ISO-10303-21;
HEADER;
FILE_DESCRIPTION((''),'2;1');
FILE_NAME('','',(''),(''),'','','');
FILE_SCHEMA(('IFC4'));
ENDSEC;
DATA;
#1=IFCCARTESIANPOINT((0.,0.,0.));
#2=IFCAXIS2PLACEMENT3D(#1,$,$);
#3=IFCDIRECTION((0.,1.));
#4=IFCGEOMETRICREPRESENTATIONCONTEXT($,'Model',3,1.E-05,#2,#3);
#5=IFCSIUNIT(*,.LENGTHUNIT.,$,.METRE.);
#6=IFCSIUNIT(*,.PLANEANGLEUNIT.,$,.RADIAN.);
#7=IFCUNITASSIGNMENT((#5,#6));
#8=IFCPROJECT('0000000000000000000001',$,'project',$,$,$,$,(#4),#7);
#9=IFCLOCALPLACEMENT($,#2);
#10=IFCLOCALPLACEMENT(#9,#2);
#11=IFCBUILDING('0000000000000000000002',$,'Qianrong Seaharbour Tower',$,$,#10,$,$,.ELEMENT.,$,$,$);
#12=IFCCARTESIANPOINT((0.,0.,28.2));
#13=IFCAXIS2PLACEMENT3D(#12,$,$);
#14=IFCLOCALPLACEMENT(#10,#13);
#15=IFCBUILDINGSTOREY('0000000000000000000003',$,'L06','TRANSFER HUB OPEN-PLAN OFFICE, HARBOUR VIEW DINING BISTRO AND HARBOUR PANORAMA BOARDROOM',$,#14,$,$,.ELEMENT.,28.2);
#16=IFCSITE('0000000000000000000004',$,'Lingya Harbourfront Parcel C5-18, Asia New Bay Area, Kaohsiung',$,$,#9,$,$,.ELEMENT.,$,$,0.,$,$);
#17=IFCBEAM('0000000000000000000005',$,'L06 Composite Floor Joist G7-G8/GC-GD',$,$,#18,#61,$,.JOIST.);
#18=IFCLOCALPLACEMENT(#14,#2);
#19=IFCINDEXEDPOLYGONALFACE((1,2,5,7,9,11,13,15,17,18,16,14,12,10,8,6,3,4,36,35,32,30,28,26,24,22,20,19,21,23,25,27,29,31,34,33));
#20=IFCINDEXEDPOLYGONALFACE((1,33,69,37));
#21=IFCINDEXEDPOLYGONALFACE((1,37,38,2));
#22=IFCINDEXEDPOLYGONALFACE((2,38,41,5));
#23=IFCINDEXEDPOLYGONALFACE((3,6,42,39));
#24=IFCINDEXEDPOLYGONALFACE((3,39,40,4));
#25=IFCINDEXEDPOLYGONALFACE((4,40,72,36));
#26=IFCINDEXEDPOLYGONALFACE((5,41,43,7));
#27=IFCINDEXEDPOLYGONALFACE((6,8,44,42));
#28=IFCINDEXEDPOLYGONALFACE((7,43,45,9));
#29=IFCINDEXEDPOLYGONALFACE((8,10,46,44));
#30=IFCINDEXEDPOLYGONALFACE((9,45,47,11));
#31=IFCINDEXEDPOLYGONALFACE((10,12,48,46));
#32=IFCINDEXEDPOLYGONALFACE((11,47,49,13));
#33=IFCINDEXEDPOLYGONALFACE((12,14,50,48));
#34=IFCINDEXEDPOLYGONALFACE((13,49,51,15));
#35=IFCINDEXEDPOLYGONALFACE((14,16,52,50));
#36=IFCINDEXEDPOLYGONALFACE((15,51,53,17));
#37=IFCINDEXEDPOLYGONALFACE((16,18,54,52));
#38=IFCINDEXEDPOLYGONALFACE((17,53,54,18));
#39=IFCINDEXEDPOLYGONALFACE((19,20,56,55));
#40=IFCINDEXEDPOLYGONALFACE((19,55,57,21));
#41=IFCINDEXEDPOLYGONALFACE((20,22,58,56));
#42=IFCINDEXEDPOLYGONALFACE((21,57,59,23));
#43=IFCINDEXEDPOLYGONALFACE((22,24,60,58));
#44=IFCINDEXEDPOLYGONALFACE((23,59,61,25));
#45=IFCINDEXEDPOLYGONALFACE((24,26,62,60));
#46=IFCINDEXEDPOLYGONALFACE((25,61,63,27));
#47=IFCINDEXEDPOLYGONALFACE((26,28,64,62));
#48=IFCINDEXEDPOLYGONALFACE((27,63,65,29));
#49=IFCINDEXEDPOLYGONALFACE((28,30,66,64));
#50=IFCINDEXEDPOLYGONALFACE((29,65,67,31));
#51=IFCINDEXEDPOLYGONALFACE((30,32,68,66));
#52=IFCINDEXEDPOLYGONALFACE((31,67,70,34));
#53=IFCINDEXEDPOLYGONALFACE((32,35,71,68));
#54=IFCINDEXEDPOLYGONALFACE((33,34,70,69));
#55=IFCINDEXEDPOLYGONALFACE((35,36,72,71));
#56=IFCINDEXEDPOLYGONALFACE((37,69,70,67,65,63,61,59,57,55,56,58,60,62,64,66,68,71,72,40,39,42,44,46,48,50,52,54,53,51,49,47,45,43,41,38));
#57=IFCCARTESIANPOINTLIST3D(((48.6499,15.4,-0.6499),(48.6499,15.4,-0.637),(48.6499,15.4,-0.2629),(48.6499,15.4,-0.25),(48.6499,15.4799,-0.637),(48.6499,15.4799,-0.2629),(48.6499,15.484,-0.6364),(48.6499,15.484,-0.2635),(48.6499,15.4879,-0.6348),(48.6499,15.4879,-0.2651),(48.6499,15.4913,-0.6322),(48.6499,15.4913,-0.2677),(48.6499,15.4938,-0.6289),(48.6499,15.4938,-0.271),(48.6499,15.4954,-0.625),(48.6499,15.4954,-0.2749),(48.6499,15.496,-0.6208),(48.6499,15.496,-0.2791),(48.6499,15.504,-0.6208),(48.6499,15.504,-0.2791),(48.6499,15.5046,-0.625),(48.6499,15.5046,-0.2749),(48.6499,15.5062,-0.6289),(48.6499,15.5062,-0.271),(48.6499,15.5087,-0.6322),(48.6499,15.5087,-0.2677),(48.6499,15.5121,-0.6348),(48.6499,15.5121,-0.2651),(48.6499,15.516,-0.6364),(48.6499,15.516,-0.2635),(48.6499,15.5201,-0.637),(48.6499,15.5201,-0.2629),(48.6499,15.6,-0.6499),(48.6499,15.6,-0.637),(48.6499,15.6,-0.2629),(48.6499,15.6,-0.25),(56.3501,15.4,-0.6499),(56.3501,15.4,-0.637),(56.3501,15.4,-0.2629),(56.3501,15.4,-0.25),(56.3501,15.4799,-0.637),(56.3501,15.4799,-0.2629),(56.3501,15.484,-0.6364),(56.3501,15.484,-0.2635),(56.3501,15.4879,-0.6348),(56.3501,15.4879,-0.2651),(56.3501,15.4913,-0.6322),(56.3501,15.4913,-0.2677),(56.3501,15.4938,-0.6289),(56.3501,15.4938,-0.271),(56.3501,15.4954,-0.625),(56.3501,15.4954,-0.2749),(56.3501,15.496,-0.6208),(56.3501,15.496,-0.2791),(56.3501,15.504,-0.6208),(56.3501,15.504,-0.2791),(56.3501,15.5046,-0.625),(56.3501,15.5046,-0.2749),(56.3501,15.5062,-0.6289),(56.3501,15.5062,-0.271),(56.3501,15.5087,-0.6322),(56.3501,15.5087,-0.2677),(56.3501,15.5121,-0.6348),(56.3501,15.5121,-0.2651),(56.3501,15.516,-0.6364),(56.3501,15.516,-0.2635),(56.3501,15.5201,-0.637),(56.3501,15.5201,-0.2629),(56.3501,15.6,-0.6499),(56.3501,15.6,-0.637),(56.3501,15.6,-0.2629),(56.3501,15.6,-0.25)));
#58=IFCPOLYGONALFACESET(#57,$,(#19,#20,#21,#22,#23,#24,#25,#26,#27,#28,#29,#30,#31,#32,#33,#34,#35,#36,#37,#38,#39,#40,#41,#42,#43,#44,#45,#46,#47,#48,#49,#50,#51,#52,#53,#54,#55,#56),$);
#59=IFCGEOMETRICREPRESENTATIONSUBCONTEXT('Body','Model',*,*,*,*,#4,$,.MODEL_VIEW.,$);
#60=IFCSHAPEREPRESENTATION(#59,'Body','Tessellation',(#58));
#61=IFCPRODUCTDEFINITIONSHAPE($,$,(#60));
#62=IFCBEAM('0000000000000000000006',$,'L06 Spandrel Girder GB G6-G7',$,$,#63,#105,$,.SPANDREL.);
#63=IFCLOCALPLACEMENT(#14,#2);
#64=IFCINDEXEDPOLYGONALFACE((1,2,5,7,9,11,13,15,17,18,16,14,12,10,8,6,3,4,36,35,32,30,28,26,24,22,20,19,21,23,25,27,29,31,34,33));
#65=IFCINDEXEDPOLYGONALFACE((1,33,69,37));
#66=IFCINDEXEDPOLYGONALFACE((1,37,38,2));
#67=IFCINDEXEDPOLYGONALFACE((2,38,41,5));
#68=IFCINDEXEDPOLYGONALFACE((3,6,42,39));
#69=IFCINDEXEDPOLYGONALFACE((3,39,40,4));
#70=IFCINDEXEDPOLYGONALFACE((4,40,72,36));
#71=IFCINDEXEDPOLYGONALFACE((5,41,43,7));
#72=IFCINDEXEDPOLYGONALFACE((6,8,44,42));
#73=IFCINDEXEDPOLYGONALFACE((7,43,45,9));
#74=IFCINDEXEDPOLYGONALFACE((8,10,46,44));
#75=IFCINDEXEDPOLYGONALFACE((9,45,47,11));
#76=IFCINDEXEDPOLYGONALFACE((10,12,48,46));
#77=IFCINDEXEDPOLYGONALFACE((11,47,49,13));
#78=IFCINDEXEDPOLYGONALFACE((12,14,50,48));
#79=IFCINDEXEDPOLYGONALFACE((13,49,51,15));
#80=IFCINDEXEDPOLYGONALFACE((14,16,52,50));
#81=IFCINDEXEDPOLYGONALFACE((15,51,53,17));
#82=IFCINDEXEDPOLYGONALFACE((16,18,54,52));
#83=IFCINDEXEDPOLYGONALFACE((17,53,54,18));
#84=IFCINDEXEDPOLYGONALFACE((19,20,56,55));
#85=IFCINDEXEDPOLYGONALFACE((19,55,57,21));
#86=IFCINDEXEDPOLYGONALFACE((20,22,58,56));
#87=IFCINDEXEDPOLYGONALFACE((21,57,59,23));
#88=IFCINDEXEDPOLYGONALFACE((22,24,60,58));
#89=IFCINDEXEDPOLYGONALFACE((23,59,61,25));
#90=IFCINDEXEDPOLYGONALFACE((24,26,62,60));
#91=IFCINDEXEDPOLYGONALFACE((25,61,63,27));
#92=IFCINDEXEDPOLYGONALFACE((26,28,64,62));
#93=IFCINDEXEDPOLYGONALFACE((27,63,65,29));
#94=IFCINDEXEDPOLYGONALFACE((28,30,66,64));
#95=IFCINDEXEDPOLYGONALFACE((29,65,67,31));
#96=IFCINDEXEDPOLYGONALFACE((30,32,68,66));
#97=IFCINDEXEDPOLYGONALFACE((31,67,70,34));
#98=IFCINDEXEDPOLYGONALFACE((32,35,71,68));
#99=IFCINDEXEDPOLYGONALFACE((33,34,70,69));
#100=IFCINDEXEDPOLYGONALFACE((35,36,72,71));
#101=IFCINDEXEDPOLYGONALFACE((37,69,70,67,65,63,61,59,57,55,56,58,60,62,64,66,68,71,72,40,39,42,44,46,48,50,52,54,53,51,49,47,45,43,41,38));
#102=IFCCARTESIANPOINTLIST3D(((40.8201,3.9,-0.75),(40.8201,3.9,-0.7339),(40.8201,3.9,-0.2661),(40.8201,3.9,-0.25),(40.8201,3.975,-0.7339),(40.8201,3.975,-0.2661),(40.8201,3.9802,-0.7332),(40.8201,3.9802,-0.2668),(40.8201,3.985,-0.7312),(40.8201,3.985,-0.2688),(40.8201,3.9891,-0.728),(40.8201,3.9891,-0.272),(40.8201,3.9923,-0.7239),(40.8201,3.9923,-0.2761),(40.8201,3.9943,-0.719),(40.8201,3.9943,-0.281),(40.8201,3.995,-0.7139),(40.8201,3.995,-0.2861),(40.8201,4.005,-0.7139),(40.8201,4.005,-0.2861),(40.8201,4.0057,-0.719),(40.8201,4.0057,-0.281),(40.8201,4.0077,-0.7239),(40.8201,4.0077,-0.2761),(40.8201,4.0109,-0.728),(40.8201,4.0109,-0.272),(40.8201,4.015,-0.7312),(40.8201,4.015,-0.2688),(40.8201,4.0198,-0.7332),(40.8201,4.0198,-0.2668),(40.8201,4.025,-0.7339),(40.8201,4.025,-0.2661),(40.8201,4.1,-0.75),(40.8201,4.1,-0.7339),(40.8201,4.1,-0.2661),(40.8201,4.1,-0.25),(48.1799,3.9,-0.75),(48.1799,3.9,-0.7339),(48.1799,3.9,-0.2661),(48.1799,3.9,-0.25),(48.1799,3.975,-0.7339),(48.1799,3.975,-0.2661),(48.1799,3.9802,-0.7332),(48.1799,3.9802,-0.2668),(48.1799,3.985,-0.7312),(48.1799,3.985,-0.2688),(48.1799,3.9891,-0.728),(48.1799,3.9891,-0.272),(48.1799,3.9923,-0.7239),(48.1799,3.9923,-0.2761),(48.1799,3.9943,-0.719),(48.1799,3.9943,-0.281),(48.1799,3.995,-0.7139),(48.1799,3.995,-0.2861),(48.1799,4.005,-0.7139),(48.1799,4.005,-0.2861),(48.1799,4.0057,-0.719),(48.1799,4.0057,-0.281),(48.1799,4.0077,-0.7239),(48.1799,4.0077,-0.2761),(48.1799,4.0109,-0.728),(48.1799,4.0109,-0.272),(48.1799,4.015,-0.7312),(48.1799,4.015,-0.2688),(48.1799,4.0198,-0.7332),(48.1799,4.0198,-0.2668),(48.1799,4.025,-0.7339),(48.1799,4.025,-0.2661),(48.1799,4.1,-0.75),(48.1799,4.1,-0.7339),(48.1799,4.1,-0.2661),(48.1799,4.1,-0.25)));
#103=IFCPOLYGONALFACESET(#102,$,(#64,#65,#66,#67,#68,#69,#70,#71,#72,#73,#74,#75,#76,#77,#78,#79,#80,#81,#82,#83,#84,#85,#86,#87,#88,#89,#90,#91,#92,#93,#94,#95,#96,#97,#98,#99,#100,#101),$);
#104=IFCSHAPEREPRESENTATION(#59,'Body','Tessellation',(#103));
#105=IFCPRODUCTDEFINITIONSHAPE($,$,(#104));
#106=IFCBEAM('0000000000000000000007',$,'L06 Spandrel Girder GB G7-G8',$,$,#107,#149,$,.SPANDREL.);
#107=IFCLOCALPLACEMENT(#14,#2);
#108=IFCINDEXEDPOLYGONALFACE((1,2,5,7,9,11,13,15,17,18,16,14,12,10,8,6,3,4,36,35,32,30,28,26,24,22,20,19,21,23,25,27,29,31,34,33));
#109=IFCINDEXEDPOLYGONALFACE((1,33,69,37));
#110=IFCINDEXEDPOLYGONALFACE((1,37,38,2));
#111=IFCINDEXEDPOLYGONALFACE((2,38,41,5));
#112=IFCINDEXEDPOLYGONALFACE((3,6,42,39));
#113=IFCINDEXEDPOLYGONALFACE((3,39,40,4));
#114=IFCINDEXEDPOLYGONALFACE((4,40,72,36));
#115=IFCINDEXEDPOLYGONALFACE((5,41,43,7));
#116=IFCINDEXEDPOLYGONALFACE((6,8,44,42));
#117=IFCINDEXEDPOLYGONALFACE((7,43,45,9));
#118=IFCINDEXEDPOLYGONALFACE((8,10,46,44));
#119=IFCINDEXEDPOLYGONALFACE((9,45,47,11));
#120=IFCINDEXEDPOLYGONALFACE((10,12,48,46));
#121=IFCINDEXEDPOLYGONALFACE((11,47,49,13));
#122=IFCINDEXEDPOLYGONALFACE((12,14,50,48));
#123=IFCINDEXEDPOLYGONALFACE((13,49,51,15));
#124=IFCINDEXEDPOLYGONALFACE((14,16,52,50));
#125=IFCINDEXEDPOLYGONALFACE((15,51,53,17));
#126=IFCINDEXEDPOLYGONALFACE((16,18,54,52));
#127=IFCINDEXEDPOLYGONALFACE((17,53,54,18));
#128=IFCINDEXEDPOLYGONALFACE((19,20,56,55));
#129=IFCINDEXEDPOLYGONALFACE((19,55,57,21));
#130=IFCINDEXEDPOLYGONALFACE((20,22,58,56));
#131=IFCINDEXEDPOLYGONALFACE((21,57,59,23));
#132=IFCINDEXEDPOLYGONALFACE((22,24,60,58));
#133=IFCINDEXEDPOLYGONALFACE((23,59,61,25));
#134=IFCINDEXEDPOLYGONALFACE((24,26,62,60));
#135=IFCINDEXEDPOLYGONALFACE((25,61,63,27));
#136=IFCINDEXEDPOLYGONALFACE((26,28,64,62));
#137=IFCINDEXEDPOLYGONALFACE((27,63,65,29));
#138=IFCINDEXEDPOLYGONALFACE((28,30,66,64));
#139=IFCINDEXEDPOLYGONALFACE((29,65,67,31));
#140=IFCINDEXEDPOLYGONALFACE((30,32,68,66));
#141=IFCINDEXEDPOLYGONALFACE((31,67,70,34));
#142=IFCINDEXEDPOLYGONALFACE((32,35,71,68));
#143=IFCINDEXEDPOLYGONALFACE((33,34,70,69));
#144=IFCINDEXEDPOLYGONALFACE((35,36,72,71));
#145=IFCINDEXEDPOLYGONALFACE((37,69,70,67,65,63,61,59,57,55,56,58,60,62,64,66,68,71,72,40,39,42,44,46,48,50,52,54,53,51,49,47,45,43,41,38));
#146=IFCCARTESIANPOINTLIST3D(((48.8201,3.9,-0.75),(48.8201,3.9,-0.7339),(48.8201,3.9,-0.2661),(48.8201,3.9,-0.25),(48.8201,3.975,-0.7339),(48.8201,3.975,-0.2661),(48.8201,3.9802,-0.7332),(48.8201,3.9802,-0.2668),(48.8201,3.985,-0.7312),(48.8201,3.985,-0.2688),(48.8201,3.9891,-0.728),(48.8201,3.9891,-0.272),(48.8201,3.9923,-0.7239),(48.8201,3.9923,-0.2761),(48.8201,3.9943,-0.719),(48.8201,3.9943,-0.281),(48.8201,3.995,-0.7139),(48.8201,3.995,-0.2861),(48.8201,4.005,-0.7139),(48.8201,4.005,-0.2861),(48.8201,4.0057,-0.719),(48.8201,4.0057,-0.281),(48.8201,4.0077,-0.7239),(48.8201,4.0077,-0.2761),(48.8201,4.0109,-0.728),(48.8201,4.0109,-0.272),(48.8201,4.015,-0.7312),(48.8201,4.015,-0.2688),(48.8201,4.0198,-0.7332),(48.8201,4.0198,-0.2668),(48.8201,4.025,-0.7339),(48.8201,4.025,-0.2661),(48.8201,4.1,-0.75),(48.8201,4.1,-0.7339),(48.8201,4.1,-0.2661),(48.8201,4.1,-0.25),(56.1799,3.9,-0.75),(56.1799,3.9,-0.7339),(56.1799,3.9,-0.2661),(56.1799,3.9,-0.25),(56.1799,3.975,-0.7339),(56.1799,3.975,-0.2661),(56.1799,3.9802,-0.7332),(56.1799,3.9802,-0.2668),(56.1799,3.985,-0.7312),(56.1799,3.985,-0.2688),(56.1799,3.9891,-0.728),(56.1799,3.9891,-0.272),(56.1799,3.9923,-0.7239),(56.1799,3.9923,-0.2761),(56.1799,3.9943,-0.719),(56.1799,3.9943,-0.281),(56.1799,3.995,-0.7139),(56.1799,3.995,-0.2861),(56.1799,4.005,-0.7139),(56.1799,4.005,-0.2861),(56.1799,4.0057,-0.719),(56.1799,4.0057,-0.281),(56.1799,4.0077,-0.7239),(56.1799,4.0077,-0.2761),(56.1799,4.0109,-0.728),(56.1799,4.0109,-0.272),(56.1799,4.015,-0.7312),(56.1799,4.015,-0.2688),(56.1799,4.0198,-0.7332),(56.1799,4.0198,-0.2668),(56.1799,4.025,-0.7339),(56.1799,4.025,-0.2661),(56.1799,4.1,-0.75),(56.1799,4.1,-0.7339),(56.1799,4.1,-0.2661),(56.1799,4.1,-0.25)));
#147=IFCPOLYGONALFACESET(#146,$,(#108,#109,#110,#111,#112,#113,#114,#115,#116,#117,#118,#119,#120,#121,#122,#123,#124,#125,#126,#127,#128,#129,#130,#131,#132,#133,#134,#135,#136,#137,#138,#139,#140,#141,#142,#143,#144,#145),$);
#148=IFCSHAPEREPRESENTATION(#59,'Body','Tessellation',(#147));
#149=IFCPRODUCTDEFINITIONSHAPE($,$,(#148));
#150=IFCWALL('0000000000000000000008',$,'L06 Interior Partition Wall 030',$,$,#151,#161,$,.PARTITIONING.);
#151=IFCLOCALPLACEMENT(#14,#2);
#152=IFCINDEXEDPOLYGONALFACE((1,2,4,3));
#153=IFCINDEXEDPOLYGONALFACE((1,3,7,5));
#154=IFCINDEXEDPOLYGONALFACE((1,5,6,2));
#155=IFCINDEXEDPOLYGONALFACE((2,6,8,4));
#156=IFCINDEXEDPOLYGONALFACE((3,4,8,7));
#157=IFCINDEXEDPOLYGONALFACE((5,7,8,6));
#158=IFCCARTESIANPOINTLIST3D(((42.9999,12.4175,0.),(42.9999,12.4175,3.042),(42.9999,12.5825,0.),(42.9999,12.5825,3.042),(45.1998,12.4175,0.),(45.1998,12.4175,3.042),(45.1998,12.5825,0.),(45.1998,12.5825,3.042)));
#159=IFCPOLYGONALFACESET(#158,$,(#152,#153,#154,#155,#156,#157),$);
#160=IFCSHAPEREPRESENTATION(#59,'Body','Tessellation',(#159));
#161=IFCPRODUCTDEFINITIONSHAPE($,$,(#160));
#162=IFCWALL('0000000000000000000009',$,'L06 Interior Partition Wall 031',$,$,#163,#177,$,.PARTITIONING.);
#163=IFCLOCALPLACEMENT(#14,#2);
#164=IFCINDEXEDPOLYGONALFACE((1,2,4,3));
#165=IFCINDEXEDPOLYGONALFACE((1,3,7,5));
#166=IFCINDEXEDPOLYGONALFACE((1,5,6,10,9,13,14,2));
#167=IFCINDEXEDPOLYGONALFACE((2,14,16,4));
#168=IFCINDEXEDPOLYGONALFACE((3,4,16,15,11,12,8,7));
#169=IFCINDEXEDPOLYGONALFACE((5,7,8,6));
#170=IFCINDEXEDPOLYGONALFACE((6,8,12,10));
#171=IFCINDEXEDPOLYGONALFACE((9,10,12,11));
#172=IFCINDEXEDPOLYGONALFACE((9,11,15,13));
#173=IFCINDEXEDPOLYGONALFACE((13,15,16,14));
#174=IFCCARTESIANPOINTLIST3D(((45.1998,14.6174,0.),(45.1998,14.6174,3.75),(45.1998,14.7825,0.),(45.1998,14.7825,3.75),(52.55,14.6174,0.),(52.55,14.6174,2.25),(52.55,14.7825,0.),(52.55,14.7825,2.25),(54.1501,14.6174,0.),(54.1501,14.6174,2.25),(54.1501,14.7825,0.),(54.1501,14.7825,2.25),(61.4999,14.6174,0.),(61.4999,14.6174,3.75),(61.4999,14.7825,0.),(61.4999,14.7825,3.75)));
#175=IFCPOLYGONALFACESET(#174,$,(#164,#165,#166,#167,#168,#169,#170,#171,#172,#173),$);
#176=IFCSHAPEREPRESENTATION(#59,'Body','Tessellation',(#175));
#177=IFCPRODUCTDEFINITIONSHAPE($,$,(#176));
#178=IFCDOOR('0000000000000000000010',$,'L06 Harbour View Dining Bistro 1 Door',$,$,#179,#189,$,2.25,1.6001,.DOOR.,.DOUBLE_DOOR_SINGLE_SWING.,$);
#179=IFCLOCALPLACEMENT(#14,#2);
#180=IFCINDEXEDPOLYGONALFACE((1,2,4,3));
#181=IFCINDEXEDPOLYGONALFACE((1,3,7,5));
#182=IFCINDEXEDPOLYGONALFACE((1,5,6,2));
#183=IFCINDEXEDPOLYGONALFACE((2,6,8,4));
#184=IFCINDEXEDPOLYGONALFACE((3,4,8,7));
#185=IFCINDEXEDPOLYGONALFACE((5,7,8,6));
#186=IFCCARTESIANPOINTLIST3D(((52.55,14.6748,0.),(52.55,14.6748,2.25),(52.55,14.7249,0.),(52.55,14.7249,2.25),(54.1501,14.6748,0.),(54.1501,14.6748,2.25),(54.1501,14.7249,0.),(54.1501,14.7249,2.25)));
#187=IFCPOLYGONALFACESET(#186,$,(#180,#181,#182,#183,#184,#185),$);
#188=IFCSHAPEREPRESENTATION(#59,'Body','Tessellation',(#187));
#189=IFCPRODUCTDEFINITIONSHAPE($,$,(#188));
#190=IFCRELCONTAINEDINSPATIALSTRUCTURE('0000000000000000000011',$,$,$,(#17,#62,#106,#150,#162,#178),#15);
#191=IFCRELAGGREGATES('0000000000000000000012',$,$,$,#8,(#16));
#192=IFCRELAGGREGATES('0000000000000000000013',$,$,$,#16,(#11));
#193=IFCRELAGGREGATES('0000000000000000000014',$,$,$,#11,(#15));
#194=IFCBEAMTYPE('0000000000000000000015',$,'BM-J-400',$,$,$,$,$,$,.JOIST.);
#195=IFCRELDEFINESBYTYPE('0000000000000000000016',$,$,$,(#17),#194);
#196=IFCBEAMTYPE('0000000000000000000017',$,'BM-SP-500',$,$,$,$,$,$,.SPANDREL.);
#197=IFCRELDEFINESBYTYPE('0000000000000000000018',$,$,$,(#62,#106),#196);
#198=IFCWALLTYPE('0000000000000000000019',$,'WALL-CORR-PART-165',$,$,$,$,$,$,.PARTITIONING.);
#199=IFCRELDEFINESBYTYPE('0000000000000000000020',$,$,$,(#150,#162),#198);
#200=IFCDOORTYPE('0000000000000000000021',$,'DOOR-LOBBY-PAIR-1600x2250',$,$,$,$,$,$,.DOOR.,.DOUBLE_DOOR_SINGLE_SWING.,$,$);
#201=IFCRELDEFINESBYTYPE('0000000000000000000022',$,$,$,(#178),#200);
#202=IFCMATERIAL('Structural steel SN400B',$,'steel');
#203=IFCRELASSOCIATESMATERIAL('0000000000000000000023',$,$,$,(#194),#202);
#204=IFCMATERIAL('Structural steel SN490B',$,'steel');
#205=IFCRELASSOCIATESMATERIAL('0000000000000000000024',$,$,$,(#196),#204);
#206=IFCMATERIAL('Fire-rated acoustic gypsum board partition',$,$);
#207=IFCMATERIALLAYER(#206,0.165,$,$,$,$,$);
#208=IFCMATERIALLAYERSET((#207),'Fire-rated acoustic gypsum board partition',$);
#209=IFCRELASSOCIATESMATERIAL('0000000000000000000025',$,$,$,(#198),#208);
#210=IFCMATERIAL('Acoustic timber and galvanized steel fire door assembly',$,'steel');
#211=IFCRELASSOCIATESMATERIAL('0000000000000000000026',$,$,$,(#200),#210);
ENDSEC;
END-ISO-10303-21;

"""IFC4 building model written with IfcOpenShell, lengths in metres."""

from ifc_helpers import new_model, si_unit, direction, frame, frame_2d, origin, origin_2d, place, context, subcontext, project, spatial, rectangle, i_section, extrude, material, layer, layer_set, material_profile, profile_set, type_object, element, fill, save


model = new_model("IFC4")

# Units and contexts
model_context = context("Model", 3, precision=1e-05, world=origin(), true_north=direction((0.0, 1.0)))
body_context = subcontext(model_context, "Body", "Model", "MODEL_VIEW")
ifc_project = project(units=[si_unit("LENGTHUNIT", "METRE"), si_unit("PLANEANGLEUNIT", "RADIAN")], contexts=[model_context])

# Site, building, storey
site_placement = place(None, origin())
site = spatial("IfcSite", under=ifc_project, at=site_placement, Name="Lingya Harbourfront Parcel C5-18, Asia New Bay Area, Kaohsiung", CompositionType="ELEMENT", RefElevation=0.0)
building_placement = place(site_placement, origin())
building = spatial("IfcBuilding", under=site, at=building_placement, Name="Qianrong Seaharbour Tower", CompositionType="ELEMENT")
storey_placement = place(building_placement, frame((0.0, 0.0, 28.2)))
storey = spatial("IfcBuildingStorey", under=building, at=storey_placement, Name="L06", Description="TRANSFER HUB OPEN-PLAN OFFICE, HARBOUR VIEW DINING BISTRO AND HARBOUR PANORAMA BOARDROOM", CompositionType="ELEMENT", Elevation=28.2)

# Shared definitions
ifc_material_1 = material(Name="Structural steel SN490B", Category="steel")

# Beams
ifc_material_2 = material(Name="Structural steel SN400B", Category="steel")
ifc_material_profile_1 = material_profile(ifc_material_2, i_section(OverallWidth=0.2, OverallDepth=0.3999, WebThickness=0.0081, FlangeThickness=0.0129, FilletRadius=0.0161, at=origin_2d()), Name="H400x200x8x13")
ifc_profile_set_1 = profile_set([ifc_material_profile_1], Name="Structural steel SN400B")
beam_type_1 = type_object("IfcBeamType", Name="BM-J-400", PredefinedType="JOIST", material=ifc_profile_set_1)
for number, where, z_axis, x_axis, name in (
    (1, (48.6499, 15.5, -0.45), (1.0, 0.0, 0.0), (0.0, 1.0, 0.0), "L06 Composite Floor Joist G7-G8/GC-GD"),
):
    element("IfcBeam", number, at=place(storey_placement, frame(where, z_axis=z_axis, x_axis=x_axis)), inside=storey, type_object=beam_type_1, Name=name, PredefinedType="JOIST", context=body_context, shape_type="SweptSolid", body=[
        extrude(i_section(OverallWidth=0.2, OverallDepth=0.3999, WebThickness=0.0081, FlangeThickness=0.0129, FilletRadius=0.0161, at=origin_2d()), origin(), (0.0, 0.0, 1.0), 7.7002),
    ])
ifc_material_profile_2 = material_profile(ifc_material_1, i_section(OverallWidth=0.2, OverallDepth=0.5, WebThickness=0.01, FlangeThickness=0.0161, FilletRadius=0.02, at=origin_2d()), Name="H500x200x10x16")
ifc_profile_set_2 = profile_set([ifc_material_profile_2], Name="Structural steel SN490B")
beam_type_2 = type_object("IfcBeamType", Name="BM-SP-500", PredefinedType="SPANDREL", material=ifc_profile_set_2)
for number, where, z_axis, x_axis, name in (
    (2, (40.8201, 4.0, -0.5), (1.0, 0.0, 0.0), (0.0, 1.0, 0.0), "L06 Spandrel Girder GB G6-G7"),
    (3, (48.8201, 4.0, -0.5), (1.0, 0.0, 0.0), (0.0, 1.0, 0.0), "L06 Spandrel Girder GB G7-G8"),
):
    element("IfcBeam", number, at=place(storey_placement, frame(where, z_axis=z_axis, x_axis=x_axis)), inside=storey, type_object=beam_type_2, Name=name, PredefinedType="SPANDREL", context=body_context, shape_type="SweptSolid", body=[
        extrude(i_section(OverallWidth=0.2, OverallDepth=0.5, WebThickness=0.01, FlangeThickness=0.0161, FilletRadius=0.02, at=origin_2d()), origin(), (0.0, 0.0, 1.0), 7.3599),
    ])

# Wall
ifc_material_3 = material(Name="Fire-rated acoustic gypsum board partition")
ifc_layer_1 = layer(ifc_material_3, 0.165)
ifc_layer_set_1 = layer_set([ifc_layer_1], Name="Fire-rated acoustic gypsum board partition")
wall_type_1 = type_object("IfcWallType", Name="WALL-CORR-PART-165", PredefinedType="PARTITIONING", material=ifc_layer_set_1)
wall_1_placement = place(storey_placement, frame((45.2, 12.5, 0.0), z_axis=(0.0, 0.0, 1.0), x_axis=(-1.0, 0.0, 0.0)))
element("IfcWall", 4, at=wall_1_placement, inside=storey, type_object=wall_type_1, Name="L06 Interior Partition Wall 030", PredefinedType="PARTITIONING", context=body_context, shape_type="SweptSolid", body=[
    extrude(rectangle(XDim=2.2, YDim=0.165, at=frame_2d((1.1001, 0.0))), origin(), (0.0, 0.0, 1.0), 3.042),
])

# Wall, opening, door
wall_2_placement = place(storey_placement, frame((45.2, 14.7, 0.0), z_axis=(0.0, 0.0, 1.0), x_axis=(1.0, 0.0, 0.0)))
wall_2 = element("IfcWall", 5, at=wall_2_placement, inside=storey, type_object=wall_type_1, Name="L06 Interior Partition Wall 031", PredefinedType="PARTITIONING", context=body_context, shape_type="SweptSolid", body=[
    extrude(rectangle(XDim=16.3, YDim=0.165, at=frame_2d((8.1499, 0.0))), origin(), (0.0, 0.0, 1.0), 3.75),
])
opening_1_placement = place(wall_2_placement, frame((7.3501, 0.0, 0.0)))
opening_1 = element("IfcOpeningElement", 6, at=opening_1_placement, cuts=wall_2, PredefinedType="OPENING", context=body_context, shape_type="SweptSolid", body=[
    extrude(rectangle(XDim=1.6001, YDim=2.25, at=frame_2d((0.8, 1.125))), frame((0.0, 0.0925, 0.0), z_axis=(0.0, -1.0, 0.0), x_axis=(1.0, 0.0, 0.0)), (0.0, 0.0, 1.0), 0.1851),
])
ifc_material_4 = material(Name="Acoustic timber and galvanized steel fire door assembly", Category="steel")
door_type_1 = type_object("IfcDoorType", Name="DOOR-LOBBY-PAIR-1600x2250", OperationType="DOUBLE_DOOR_SINGLE_SWING", PredefinedType="DOOR", material=ifc_material_4)
door_1_placement = place(opening_1_placement, origin())
door_1 = element("IfcDoor", 7, at=door_1_placement, inside=storey, type_object=door_type_1, Name="L06 Harbour View Dining Bistro 1 Door", OperationType="DOUBLE_DOOR_SINGLE_SWING", OverallHeight=2.25, OverallWidth=1.6001, PredefinedType="DOOR", context=body_context, shape_type="SweptSolid", body=[
    extrude(rectangle(XDim=1.6001, YDim=2.25, at=frame_2d((0.8, 1.125))), frame((0.0, 0.0249, 0.0), z_axis=(0.0, -1.0, 0.0), x_axis=(1.0, 0.0, 0.0)), (0.0, 0.0, 1.0), 0.05),
])
fill(opening_1, door_1)

save(model, "model.ifc")
